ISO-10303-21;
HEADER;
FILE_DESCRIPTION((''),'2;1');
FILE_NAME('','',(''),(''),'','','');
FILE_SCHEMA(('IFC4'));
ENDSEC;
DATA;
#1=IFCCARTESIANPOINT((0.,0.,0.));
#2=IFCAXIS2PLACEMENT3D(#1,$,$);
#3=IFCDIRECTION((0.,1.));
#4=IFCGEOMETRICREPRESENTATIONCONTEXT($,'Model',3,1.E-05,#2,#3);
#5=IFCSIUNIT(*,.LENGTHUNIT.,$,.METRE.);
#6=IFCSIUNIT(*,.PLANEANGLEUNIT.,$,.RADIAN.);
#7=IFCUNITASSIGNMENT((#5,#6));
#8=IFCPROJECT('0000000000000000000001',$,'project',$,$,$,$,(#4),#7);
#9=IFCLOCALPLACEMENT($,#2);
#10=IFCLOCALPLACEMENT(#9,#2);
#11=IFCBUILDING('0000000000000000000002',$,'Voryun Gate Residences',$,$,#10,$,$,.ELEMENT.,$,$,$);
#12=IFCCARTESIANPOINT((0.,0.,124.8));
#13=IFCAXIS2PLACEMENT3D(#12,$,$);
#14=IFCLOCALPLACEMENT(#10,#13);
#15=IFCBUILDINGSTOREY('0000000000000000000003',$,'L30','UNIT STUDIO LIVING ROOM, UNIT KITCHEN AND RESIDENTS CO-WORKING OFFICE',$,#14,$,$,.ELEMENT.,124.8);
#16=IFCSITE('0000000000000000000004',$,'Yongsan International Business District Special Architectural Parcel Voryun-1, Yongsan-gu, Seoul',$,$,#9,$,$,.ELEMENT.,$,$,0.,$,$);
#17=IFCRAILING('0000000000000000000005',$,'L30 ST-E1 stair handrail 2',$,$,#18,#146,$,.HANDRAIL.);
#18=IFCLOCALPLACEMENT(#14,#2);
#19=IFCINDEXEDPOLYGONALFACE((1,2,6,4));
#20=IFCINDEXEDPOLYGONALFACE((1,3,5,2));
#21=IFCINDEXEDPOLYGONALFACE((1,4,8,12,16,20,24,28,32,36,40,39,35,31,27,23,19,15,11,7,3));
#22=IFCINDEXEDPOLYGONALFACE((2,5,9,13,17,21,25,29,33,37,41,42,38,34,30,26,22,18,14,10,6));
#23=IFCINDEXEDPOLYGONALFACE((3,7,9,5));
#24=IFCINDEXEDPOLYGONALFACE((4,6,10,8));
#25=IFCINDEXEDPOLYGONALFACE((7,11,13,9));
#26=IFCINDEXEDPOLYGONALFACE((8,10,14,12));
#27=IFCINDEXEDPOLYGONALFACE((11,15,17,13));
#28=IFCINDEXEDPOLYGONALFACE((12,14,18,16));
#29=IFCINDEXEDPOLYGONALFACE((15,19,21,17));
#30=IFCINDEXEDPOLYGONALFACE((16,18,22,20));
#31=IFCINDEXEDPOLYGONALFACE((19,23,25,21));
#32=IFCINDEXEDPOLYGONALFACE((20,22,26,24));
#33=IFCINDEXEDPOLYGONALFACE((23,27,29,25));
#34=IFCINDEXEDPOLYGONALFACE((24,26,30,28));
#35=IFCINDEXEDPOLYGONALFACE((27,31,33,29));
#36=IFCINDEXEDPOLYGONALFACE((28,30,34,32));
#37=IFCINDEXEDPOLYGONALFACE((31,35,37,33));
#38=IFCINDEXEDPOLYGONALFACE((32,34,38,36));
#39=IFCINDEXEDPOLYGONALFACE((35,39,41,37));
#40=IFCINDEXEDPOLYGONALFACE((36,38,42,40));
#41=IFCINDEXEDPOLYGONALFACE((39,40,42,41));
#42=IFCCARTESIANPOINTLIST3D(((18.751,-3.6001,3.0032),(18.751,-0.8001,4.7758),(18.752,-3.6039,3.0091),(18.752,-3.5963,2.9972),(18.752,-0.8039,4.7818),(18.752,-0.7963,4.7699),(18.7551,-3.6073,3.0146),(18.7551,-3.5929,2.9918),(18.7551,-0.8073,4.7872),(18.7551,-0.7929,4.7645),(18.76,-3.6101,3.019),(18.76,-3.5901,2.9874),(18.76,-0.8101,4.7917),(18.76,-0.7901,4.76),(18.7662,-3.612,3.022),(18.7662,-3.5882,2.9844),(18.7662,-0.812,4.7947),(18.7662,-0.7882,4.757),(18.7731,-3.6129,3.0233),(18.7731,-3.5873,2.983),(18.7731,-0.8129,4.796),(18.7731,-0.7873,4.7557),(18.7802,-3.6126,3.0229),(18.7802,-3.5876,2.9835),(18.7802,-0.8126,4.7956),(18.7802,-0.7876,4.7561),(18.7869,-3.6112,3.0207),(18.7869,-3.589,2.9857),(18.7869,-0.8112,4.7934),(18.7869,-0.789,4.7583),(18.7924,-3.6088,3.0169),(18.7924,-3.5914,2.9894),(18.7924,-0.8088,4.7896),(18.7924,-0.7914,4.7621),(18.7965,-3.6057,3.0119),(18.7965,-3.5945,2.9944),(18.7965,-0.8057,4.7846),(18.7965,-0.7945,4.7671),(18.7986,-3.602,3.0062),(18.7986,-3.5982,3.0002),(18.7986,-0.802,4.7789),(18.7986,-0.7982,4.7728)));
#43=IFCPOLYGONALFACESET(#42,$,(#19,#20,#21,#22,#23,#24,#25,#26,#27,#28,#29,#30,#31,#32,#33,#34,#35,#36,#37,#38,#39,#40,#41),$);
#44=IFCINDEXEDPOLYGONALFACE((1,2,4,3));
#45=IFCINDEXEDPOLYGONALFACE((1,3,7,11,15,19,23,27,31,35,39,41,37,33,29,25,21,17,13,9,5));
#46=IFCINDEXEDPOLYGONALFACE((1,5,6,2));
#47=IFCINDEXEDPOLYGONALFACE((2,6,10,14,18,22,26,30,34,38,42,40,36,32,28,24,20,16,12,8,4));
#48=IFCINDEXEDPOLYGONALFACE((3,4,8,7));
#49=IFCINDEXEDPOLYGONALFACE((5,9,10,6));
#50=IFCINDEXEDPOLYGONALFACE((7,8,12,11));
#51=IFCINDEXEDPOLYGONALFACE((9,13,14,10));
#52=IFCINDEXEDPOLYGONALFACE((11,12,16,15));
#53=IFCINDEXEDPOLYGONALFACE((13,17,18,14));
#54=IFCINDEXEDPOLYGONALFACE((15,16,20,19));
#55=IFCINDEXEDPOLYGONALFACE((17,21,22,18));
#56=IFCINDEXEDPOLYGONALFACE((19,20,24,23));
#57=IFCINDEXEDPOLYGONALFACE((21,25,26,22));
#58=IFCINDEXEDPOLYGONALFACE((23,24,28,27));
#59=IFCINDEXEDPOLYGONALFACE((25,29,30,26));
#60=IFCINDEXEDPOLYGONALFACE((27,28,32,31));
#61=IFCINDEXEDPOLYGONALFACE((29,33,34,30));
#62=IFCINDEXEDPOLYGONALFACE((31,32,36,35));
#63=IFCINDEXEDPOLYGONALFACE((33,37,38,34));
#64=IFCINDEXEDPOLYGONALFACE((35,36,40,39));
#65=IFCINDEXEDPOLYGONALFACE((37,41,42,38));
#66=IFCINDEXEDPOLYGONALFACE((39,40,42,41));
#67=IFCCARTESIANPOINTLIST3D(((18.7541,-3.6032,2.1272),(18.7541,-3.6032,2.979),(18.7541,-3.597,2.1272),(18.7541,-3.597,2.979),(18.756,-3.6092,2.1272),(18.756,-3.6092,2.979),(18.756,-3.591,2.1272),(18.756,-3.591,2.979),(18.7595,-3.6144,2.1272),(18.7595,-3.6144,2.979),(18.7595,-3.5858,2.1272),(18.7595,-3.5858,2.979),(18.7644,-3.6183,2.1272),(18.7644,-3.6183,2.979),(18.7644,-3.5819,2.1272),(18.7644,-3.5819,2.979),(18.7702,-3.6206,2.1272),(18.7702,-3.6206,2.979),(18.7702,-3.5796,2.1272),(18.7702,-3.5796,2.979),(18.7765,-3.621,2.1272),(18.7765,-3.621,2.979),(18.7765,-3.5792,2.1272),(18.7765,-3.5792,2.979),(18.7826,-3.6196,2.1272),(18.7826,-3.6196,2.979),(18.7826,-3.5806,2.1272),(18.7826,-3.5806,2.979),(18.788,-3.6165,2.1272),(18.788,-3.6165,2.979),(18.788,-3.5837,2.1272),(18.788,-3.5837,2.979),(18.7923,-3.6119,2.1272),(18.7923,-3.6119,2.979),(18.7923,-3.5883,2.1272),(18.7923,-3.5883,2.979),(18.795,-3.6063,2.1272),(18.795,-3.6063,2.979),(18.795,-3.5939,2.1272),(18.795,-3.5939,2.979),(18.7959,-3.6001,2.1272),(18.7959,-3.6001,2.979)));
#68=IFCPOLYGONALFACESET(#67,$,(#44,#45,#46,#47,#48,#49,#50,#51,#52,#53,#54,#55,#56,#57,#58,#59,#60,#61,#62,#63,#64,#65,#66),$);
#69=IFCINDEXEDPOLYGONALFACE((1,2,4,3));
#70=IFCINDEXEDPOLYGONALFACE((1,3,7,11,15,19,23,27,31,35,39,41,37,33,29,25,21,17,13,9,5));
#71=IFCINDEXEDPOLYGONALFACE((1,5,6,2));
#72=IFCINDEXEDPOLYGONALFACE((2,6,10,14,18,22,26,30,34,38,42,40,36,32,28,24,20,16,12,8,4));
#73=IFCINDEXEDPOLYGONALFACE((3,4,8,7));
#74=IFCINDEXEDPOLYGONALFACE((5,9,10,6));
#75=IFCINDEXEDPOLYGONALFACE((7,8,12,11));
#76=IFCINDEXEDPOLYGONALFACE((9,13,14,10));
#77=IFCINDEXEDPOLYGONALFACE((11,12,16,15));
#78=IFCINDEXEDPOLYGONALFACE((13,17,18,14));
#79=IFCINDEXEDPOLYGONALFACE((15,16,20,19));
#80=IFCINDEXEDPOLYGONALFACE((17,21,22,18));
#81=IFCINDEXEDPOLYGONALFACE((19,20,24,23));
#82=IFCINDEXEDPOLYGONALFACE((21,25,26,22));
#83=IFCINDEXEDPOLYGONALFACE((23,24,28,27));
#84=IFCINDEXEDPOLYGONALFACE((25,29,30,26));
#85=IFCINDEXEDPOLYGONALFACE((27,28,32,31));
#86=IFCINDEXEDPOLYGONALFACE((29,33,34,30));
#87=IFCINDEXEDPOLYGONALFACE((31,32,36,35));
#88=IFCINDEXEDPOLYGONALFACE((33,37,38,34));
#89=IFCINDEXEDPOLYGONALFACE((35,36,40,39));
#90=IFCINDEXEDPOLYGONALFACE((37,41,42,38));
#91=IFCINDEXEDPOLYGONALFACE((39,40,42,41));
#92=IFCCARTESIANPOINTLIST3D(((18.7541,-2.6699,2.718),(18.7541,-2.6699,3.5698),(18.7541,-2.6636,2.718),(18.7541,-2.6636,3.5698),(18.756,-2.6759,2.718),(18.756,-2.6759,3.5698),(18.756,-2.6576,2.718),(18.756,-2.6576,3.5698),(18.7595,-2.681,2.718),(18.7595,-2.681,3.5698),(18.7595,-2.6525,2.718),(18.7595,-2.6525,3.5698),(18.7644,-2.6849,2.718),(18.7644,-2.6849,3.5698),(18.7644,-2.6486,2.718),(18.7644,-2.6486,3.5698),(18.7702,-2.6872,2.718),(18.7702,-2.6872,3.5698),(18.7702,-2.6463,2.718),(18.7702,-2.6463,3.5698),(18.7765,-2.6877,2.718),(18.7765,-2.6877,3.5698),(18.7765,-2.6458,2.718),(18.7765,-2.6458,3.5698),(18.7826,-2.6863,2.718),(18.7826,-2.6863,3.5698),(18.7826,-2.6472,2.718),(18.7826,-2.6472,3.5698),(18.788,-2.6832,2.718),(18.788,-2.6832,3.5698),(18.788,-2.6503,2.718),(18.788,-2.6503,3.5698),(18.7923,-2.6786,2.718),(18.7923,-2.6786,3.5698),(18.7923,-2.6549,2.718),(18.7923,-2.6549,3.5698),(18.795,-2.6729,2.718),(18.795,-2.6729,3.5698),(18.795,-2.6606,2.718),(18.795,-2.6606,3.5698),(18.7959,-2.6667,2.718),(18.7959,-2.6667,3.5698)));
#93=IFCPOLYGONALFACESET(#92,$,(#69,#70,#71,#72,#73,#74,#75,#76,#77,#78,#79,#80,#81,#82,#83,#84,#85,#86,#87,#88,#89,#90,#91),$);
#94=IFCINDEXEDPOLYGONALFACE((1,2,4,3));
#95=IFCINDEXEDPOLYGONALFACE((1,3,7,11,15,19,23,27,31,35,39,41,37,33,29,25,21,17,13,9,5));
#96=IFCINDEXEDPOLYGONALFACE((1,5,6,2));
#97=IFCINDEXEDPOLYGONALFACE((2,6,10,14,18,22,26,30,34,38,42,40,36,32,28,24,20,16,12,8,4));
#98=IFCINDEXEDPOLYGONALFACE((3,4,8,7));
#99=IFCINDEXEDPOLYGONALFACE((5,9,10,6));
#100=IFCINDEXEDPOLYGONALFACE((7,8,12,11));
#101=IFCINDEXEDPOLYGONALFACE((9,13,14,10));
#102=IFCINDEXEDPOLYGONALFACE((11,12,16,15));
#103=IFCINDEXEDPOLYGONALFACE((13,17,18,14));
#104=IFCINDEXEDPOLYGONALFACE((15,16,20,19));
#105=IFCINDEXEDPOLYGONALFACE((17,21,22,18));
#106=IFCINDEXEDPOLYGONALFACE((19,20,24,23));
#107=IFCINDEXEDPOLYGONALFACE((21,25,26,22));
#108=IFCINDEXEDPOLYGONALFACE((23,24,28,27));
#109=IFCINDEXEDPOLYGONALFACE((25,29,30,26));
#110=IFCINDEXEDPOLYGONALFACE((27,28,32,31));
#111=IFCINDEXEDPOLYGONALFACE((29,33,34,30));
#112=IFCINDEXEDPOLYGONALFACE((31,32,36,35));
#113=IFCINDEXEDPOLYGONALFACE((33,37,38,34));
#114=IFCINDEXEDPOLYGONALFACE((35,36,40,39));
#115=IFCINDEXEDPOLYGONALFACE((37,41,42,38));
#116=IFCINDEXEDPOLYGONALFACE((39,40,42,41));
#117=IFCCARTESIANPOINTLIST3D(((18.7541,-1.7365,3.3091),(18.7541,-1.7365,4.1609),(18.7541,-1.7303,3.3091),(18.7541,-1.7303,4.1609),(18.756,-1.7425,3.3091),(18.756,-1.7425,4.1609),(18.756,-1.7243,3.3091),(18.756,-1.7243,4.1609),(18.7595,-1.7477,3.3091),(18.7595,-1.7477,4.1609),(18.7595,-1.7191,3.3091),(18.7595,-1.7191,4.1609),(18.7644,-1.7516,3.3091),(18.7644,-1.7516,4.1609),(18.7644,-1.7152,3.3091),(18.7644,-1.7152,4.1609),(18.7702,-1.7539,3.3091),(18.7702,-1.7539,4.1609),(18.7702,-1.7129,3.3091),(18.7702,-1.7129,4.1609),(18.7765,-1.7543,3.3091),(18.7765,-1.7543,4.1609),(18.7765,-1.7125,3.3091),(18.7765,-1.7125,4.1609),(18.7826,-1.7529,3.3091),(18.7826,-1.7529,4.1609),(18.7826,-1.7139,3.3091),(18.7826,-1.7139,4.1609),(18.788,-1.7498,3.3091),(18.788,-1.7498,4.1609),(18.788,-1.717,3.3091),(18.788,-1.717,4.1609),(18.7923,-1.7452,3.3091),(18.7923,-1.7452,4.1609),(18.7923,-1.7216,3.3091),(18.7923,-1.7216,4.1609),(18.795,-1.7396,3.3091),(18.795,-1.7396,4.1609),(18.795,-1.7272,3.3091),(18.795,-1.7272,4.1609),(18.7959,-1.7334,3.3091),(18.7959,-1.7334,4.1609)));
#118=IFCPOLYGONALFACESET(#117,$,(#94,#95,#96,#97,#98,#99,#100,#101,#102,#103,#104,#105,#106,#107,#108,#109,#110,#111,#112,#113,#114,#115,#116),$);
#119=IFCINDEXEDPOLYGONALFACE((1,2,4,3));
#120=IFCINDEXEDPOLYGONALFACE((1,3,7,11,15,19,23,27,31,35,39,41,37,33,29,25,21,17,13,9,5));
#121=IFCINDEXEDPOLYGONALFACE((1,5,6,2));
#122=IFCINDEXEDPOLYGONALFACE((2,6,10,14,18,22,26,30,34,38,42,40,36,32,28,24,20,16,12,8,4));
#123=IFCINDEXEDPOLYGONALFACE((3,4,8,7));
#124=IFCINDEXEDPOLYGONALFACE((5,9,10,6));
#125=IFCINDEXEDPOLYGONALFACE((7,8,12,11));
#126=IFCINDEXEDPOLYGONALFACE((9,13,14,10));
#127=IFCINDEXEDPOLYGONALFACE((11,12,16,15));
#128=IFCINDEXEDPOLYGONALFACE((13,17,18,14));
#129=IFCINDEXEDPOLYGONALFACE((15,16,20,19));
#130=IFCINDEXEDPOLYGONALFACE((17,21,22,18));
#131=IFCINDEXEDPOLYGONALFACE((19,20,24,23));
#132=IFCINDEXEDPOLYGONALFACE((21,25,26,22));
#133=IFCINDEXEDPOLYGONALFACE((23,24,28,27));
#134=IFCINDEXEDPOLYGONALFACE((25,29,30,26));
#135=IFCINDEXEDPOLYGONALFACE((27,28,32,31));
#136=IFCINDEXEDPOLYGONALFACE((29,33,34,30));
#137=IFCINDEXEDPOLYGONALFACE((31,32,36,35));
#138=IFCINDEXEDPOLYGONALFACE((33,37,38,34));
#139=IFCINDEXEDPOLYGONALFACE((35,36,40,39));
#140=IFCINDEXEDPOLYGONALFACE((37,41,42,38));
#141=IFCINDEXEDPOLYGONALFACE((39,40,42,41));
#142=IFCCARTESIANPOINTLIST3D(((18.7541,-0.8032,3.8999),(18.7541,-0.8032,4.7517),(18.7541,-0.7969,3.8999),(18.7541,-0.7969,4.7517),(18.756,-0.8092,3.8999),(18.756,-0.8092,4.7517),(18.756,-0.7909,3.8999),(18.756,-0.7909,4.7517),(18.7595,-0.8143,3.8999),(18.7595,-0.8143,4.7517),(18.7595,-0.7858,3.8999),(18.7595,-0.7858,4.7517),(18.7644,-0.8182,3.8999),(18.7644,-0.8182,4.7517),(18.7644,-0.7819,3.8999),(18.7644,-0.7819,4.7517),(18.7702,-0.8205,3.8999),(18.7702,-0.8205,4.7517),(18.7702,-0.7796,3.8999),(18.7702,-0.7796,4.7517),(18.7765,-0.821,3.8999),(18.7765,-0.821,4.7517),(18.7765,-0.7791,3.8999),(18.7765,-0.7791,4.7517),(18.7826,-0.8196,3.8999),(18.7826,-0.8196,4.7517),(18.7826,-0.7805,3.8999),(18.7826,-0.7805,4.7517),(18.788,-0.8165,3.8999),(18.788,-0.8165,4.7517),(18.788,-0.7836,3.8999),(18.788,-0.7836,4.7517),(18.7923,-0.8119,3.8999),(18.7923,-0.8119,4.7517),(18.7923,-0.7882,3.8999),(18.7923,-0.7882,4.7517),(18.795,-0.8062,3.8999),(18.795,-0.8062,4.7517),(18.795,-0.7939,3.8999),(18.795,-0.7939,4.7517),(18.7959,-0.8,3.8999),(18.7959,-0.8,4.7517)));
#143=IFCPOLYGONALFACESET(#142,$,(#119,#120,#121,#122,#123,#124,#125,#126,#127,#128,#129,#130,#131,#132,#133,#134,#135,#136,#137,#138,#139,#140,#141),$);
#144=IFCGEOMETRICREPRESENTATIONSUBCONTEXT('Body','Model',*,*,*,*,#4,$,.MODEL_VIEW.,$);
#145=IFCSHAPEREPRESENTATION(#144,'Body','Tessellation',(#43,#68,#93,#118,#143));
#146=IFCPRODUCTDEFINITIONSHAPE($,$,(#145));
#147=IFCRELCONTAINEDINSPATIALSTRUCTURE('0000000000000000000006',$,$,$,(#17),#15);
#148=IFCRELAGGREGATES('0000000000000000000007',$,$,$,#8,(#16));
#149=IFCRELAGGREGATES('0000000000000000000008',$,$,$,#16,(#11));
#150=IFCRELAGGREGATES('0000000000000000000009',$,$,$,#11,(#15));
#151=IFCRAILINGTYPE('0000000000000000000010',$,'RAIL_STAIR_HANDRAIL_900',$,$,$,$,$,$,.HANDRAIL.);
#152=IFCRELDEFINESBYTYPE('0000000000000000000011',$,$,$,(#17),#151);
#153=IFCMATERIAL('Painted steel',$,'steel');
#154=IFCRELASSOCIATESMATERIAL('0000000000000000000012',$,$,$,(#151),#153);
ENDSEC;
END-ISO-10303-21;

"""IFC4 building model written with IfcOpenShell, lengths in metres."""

from ifc_helpers import new_model, si_unit, direction, frame, origin, origin_2d, place, context, subcontext, project, spatial, circle, extrude, material, type_object, element, save


model = new_model("IFC4")

# Units and contexts
model_context = context("Model", 3, precision=1e-05, world=origin(), true_north=direction((0.0, 1.0)))
body_context = subcontext(model_context, "Body", "Model", "MODEL_VIEW")
ifc_project = project(units=[si_unit("LENGTHUNIT", "METRE"), si_unit("PLANEANGLEUNIT", "RADIAN")], contexts=[model_context])

# Site, building, storey
site_placement = place(None, origin())
site = spatial("IfcSite", under=ifc_project, at=site_placement, Name="Yongsan International Business District Special Architectural Parcel Voryun-1, Yongsan-gu, Seoul", CompositionType="ELEMENT", RefElevation=0.0)
building_placement = place(site_placement, origin())
building = spatial("IfcBuilding", under=site, at=building_placement, Name="Voryun Gate Residences", CompositionType="ELEMENT")
storey_placement = place(building_placement, frame((0.0, 0.0, 124.8)))
storey = spatial("IfcBuildingStorey", under=building, at=storey_placement, Name="L30", Description="UNIT STUDIO LIVING ROOM, UNIT KITCHEN AND RESIDENTS CO-WORKING OFFICE", CompositionType="ELEMENT", Elevation=124.8)

# Railing
ifc_material_1 = material(Name="Painted steel", Category="steel")
railing_type_1 = type_object("IfcRailingType", Name="RAIL_STAIR_HANDRAIL_900", PredefinedType="HANDRAIL", material=ifc_material_1)
railing_1_placement = place(storey_placement, frame((18.7749, -3.6001, 2.1272)))
element("IfcRailing", 1, at=railing_1_placement, inside=storey, type_object=railing_type_1, Name="L30 ST-E1 stair handrail 2", PredefinedType="HANDRAIL", context=body_context, shape_type="SweptSolid", body=[
    extrude(circle(Radius=0.0239, at=origin_2d()), frame((0.0, 0.0, 0.876), z_axis=(0.0, 0.844909, 0.53491), x_axis=(-1.0, 0.0, 0.0)), (0.0, 0.0, 1.0), 3.314),
    extrude(circle(Radius=0.021, at=origin_2d()), origin(), (0.0, 0.0, 1.0), 0.8518),
    extrude(circle(Radius=0.021, at=origin_2d()), frame((0.0, 0.9333, 0.5908)), (0.0, 0.0, 1.0), 0.8518),
    extrude(circle(Radius=0.021, at=origin_2d()), frame((0.0, 1.8667, 1.1819)), (0.0, 0.0, 1.0), 0.8518),
    extrude(circle(Radius=0.021, at=origin_2d()), frame((0.0, 2.8, 1.7727)), (0.0, 0.0, 1.0), 0.8518),
])

save(model, "model.ifc")
